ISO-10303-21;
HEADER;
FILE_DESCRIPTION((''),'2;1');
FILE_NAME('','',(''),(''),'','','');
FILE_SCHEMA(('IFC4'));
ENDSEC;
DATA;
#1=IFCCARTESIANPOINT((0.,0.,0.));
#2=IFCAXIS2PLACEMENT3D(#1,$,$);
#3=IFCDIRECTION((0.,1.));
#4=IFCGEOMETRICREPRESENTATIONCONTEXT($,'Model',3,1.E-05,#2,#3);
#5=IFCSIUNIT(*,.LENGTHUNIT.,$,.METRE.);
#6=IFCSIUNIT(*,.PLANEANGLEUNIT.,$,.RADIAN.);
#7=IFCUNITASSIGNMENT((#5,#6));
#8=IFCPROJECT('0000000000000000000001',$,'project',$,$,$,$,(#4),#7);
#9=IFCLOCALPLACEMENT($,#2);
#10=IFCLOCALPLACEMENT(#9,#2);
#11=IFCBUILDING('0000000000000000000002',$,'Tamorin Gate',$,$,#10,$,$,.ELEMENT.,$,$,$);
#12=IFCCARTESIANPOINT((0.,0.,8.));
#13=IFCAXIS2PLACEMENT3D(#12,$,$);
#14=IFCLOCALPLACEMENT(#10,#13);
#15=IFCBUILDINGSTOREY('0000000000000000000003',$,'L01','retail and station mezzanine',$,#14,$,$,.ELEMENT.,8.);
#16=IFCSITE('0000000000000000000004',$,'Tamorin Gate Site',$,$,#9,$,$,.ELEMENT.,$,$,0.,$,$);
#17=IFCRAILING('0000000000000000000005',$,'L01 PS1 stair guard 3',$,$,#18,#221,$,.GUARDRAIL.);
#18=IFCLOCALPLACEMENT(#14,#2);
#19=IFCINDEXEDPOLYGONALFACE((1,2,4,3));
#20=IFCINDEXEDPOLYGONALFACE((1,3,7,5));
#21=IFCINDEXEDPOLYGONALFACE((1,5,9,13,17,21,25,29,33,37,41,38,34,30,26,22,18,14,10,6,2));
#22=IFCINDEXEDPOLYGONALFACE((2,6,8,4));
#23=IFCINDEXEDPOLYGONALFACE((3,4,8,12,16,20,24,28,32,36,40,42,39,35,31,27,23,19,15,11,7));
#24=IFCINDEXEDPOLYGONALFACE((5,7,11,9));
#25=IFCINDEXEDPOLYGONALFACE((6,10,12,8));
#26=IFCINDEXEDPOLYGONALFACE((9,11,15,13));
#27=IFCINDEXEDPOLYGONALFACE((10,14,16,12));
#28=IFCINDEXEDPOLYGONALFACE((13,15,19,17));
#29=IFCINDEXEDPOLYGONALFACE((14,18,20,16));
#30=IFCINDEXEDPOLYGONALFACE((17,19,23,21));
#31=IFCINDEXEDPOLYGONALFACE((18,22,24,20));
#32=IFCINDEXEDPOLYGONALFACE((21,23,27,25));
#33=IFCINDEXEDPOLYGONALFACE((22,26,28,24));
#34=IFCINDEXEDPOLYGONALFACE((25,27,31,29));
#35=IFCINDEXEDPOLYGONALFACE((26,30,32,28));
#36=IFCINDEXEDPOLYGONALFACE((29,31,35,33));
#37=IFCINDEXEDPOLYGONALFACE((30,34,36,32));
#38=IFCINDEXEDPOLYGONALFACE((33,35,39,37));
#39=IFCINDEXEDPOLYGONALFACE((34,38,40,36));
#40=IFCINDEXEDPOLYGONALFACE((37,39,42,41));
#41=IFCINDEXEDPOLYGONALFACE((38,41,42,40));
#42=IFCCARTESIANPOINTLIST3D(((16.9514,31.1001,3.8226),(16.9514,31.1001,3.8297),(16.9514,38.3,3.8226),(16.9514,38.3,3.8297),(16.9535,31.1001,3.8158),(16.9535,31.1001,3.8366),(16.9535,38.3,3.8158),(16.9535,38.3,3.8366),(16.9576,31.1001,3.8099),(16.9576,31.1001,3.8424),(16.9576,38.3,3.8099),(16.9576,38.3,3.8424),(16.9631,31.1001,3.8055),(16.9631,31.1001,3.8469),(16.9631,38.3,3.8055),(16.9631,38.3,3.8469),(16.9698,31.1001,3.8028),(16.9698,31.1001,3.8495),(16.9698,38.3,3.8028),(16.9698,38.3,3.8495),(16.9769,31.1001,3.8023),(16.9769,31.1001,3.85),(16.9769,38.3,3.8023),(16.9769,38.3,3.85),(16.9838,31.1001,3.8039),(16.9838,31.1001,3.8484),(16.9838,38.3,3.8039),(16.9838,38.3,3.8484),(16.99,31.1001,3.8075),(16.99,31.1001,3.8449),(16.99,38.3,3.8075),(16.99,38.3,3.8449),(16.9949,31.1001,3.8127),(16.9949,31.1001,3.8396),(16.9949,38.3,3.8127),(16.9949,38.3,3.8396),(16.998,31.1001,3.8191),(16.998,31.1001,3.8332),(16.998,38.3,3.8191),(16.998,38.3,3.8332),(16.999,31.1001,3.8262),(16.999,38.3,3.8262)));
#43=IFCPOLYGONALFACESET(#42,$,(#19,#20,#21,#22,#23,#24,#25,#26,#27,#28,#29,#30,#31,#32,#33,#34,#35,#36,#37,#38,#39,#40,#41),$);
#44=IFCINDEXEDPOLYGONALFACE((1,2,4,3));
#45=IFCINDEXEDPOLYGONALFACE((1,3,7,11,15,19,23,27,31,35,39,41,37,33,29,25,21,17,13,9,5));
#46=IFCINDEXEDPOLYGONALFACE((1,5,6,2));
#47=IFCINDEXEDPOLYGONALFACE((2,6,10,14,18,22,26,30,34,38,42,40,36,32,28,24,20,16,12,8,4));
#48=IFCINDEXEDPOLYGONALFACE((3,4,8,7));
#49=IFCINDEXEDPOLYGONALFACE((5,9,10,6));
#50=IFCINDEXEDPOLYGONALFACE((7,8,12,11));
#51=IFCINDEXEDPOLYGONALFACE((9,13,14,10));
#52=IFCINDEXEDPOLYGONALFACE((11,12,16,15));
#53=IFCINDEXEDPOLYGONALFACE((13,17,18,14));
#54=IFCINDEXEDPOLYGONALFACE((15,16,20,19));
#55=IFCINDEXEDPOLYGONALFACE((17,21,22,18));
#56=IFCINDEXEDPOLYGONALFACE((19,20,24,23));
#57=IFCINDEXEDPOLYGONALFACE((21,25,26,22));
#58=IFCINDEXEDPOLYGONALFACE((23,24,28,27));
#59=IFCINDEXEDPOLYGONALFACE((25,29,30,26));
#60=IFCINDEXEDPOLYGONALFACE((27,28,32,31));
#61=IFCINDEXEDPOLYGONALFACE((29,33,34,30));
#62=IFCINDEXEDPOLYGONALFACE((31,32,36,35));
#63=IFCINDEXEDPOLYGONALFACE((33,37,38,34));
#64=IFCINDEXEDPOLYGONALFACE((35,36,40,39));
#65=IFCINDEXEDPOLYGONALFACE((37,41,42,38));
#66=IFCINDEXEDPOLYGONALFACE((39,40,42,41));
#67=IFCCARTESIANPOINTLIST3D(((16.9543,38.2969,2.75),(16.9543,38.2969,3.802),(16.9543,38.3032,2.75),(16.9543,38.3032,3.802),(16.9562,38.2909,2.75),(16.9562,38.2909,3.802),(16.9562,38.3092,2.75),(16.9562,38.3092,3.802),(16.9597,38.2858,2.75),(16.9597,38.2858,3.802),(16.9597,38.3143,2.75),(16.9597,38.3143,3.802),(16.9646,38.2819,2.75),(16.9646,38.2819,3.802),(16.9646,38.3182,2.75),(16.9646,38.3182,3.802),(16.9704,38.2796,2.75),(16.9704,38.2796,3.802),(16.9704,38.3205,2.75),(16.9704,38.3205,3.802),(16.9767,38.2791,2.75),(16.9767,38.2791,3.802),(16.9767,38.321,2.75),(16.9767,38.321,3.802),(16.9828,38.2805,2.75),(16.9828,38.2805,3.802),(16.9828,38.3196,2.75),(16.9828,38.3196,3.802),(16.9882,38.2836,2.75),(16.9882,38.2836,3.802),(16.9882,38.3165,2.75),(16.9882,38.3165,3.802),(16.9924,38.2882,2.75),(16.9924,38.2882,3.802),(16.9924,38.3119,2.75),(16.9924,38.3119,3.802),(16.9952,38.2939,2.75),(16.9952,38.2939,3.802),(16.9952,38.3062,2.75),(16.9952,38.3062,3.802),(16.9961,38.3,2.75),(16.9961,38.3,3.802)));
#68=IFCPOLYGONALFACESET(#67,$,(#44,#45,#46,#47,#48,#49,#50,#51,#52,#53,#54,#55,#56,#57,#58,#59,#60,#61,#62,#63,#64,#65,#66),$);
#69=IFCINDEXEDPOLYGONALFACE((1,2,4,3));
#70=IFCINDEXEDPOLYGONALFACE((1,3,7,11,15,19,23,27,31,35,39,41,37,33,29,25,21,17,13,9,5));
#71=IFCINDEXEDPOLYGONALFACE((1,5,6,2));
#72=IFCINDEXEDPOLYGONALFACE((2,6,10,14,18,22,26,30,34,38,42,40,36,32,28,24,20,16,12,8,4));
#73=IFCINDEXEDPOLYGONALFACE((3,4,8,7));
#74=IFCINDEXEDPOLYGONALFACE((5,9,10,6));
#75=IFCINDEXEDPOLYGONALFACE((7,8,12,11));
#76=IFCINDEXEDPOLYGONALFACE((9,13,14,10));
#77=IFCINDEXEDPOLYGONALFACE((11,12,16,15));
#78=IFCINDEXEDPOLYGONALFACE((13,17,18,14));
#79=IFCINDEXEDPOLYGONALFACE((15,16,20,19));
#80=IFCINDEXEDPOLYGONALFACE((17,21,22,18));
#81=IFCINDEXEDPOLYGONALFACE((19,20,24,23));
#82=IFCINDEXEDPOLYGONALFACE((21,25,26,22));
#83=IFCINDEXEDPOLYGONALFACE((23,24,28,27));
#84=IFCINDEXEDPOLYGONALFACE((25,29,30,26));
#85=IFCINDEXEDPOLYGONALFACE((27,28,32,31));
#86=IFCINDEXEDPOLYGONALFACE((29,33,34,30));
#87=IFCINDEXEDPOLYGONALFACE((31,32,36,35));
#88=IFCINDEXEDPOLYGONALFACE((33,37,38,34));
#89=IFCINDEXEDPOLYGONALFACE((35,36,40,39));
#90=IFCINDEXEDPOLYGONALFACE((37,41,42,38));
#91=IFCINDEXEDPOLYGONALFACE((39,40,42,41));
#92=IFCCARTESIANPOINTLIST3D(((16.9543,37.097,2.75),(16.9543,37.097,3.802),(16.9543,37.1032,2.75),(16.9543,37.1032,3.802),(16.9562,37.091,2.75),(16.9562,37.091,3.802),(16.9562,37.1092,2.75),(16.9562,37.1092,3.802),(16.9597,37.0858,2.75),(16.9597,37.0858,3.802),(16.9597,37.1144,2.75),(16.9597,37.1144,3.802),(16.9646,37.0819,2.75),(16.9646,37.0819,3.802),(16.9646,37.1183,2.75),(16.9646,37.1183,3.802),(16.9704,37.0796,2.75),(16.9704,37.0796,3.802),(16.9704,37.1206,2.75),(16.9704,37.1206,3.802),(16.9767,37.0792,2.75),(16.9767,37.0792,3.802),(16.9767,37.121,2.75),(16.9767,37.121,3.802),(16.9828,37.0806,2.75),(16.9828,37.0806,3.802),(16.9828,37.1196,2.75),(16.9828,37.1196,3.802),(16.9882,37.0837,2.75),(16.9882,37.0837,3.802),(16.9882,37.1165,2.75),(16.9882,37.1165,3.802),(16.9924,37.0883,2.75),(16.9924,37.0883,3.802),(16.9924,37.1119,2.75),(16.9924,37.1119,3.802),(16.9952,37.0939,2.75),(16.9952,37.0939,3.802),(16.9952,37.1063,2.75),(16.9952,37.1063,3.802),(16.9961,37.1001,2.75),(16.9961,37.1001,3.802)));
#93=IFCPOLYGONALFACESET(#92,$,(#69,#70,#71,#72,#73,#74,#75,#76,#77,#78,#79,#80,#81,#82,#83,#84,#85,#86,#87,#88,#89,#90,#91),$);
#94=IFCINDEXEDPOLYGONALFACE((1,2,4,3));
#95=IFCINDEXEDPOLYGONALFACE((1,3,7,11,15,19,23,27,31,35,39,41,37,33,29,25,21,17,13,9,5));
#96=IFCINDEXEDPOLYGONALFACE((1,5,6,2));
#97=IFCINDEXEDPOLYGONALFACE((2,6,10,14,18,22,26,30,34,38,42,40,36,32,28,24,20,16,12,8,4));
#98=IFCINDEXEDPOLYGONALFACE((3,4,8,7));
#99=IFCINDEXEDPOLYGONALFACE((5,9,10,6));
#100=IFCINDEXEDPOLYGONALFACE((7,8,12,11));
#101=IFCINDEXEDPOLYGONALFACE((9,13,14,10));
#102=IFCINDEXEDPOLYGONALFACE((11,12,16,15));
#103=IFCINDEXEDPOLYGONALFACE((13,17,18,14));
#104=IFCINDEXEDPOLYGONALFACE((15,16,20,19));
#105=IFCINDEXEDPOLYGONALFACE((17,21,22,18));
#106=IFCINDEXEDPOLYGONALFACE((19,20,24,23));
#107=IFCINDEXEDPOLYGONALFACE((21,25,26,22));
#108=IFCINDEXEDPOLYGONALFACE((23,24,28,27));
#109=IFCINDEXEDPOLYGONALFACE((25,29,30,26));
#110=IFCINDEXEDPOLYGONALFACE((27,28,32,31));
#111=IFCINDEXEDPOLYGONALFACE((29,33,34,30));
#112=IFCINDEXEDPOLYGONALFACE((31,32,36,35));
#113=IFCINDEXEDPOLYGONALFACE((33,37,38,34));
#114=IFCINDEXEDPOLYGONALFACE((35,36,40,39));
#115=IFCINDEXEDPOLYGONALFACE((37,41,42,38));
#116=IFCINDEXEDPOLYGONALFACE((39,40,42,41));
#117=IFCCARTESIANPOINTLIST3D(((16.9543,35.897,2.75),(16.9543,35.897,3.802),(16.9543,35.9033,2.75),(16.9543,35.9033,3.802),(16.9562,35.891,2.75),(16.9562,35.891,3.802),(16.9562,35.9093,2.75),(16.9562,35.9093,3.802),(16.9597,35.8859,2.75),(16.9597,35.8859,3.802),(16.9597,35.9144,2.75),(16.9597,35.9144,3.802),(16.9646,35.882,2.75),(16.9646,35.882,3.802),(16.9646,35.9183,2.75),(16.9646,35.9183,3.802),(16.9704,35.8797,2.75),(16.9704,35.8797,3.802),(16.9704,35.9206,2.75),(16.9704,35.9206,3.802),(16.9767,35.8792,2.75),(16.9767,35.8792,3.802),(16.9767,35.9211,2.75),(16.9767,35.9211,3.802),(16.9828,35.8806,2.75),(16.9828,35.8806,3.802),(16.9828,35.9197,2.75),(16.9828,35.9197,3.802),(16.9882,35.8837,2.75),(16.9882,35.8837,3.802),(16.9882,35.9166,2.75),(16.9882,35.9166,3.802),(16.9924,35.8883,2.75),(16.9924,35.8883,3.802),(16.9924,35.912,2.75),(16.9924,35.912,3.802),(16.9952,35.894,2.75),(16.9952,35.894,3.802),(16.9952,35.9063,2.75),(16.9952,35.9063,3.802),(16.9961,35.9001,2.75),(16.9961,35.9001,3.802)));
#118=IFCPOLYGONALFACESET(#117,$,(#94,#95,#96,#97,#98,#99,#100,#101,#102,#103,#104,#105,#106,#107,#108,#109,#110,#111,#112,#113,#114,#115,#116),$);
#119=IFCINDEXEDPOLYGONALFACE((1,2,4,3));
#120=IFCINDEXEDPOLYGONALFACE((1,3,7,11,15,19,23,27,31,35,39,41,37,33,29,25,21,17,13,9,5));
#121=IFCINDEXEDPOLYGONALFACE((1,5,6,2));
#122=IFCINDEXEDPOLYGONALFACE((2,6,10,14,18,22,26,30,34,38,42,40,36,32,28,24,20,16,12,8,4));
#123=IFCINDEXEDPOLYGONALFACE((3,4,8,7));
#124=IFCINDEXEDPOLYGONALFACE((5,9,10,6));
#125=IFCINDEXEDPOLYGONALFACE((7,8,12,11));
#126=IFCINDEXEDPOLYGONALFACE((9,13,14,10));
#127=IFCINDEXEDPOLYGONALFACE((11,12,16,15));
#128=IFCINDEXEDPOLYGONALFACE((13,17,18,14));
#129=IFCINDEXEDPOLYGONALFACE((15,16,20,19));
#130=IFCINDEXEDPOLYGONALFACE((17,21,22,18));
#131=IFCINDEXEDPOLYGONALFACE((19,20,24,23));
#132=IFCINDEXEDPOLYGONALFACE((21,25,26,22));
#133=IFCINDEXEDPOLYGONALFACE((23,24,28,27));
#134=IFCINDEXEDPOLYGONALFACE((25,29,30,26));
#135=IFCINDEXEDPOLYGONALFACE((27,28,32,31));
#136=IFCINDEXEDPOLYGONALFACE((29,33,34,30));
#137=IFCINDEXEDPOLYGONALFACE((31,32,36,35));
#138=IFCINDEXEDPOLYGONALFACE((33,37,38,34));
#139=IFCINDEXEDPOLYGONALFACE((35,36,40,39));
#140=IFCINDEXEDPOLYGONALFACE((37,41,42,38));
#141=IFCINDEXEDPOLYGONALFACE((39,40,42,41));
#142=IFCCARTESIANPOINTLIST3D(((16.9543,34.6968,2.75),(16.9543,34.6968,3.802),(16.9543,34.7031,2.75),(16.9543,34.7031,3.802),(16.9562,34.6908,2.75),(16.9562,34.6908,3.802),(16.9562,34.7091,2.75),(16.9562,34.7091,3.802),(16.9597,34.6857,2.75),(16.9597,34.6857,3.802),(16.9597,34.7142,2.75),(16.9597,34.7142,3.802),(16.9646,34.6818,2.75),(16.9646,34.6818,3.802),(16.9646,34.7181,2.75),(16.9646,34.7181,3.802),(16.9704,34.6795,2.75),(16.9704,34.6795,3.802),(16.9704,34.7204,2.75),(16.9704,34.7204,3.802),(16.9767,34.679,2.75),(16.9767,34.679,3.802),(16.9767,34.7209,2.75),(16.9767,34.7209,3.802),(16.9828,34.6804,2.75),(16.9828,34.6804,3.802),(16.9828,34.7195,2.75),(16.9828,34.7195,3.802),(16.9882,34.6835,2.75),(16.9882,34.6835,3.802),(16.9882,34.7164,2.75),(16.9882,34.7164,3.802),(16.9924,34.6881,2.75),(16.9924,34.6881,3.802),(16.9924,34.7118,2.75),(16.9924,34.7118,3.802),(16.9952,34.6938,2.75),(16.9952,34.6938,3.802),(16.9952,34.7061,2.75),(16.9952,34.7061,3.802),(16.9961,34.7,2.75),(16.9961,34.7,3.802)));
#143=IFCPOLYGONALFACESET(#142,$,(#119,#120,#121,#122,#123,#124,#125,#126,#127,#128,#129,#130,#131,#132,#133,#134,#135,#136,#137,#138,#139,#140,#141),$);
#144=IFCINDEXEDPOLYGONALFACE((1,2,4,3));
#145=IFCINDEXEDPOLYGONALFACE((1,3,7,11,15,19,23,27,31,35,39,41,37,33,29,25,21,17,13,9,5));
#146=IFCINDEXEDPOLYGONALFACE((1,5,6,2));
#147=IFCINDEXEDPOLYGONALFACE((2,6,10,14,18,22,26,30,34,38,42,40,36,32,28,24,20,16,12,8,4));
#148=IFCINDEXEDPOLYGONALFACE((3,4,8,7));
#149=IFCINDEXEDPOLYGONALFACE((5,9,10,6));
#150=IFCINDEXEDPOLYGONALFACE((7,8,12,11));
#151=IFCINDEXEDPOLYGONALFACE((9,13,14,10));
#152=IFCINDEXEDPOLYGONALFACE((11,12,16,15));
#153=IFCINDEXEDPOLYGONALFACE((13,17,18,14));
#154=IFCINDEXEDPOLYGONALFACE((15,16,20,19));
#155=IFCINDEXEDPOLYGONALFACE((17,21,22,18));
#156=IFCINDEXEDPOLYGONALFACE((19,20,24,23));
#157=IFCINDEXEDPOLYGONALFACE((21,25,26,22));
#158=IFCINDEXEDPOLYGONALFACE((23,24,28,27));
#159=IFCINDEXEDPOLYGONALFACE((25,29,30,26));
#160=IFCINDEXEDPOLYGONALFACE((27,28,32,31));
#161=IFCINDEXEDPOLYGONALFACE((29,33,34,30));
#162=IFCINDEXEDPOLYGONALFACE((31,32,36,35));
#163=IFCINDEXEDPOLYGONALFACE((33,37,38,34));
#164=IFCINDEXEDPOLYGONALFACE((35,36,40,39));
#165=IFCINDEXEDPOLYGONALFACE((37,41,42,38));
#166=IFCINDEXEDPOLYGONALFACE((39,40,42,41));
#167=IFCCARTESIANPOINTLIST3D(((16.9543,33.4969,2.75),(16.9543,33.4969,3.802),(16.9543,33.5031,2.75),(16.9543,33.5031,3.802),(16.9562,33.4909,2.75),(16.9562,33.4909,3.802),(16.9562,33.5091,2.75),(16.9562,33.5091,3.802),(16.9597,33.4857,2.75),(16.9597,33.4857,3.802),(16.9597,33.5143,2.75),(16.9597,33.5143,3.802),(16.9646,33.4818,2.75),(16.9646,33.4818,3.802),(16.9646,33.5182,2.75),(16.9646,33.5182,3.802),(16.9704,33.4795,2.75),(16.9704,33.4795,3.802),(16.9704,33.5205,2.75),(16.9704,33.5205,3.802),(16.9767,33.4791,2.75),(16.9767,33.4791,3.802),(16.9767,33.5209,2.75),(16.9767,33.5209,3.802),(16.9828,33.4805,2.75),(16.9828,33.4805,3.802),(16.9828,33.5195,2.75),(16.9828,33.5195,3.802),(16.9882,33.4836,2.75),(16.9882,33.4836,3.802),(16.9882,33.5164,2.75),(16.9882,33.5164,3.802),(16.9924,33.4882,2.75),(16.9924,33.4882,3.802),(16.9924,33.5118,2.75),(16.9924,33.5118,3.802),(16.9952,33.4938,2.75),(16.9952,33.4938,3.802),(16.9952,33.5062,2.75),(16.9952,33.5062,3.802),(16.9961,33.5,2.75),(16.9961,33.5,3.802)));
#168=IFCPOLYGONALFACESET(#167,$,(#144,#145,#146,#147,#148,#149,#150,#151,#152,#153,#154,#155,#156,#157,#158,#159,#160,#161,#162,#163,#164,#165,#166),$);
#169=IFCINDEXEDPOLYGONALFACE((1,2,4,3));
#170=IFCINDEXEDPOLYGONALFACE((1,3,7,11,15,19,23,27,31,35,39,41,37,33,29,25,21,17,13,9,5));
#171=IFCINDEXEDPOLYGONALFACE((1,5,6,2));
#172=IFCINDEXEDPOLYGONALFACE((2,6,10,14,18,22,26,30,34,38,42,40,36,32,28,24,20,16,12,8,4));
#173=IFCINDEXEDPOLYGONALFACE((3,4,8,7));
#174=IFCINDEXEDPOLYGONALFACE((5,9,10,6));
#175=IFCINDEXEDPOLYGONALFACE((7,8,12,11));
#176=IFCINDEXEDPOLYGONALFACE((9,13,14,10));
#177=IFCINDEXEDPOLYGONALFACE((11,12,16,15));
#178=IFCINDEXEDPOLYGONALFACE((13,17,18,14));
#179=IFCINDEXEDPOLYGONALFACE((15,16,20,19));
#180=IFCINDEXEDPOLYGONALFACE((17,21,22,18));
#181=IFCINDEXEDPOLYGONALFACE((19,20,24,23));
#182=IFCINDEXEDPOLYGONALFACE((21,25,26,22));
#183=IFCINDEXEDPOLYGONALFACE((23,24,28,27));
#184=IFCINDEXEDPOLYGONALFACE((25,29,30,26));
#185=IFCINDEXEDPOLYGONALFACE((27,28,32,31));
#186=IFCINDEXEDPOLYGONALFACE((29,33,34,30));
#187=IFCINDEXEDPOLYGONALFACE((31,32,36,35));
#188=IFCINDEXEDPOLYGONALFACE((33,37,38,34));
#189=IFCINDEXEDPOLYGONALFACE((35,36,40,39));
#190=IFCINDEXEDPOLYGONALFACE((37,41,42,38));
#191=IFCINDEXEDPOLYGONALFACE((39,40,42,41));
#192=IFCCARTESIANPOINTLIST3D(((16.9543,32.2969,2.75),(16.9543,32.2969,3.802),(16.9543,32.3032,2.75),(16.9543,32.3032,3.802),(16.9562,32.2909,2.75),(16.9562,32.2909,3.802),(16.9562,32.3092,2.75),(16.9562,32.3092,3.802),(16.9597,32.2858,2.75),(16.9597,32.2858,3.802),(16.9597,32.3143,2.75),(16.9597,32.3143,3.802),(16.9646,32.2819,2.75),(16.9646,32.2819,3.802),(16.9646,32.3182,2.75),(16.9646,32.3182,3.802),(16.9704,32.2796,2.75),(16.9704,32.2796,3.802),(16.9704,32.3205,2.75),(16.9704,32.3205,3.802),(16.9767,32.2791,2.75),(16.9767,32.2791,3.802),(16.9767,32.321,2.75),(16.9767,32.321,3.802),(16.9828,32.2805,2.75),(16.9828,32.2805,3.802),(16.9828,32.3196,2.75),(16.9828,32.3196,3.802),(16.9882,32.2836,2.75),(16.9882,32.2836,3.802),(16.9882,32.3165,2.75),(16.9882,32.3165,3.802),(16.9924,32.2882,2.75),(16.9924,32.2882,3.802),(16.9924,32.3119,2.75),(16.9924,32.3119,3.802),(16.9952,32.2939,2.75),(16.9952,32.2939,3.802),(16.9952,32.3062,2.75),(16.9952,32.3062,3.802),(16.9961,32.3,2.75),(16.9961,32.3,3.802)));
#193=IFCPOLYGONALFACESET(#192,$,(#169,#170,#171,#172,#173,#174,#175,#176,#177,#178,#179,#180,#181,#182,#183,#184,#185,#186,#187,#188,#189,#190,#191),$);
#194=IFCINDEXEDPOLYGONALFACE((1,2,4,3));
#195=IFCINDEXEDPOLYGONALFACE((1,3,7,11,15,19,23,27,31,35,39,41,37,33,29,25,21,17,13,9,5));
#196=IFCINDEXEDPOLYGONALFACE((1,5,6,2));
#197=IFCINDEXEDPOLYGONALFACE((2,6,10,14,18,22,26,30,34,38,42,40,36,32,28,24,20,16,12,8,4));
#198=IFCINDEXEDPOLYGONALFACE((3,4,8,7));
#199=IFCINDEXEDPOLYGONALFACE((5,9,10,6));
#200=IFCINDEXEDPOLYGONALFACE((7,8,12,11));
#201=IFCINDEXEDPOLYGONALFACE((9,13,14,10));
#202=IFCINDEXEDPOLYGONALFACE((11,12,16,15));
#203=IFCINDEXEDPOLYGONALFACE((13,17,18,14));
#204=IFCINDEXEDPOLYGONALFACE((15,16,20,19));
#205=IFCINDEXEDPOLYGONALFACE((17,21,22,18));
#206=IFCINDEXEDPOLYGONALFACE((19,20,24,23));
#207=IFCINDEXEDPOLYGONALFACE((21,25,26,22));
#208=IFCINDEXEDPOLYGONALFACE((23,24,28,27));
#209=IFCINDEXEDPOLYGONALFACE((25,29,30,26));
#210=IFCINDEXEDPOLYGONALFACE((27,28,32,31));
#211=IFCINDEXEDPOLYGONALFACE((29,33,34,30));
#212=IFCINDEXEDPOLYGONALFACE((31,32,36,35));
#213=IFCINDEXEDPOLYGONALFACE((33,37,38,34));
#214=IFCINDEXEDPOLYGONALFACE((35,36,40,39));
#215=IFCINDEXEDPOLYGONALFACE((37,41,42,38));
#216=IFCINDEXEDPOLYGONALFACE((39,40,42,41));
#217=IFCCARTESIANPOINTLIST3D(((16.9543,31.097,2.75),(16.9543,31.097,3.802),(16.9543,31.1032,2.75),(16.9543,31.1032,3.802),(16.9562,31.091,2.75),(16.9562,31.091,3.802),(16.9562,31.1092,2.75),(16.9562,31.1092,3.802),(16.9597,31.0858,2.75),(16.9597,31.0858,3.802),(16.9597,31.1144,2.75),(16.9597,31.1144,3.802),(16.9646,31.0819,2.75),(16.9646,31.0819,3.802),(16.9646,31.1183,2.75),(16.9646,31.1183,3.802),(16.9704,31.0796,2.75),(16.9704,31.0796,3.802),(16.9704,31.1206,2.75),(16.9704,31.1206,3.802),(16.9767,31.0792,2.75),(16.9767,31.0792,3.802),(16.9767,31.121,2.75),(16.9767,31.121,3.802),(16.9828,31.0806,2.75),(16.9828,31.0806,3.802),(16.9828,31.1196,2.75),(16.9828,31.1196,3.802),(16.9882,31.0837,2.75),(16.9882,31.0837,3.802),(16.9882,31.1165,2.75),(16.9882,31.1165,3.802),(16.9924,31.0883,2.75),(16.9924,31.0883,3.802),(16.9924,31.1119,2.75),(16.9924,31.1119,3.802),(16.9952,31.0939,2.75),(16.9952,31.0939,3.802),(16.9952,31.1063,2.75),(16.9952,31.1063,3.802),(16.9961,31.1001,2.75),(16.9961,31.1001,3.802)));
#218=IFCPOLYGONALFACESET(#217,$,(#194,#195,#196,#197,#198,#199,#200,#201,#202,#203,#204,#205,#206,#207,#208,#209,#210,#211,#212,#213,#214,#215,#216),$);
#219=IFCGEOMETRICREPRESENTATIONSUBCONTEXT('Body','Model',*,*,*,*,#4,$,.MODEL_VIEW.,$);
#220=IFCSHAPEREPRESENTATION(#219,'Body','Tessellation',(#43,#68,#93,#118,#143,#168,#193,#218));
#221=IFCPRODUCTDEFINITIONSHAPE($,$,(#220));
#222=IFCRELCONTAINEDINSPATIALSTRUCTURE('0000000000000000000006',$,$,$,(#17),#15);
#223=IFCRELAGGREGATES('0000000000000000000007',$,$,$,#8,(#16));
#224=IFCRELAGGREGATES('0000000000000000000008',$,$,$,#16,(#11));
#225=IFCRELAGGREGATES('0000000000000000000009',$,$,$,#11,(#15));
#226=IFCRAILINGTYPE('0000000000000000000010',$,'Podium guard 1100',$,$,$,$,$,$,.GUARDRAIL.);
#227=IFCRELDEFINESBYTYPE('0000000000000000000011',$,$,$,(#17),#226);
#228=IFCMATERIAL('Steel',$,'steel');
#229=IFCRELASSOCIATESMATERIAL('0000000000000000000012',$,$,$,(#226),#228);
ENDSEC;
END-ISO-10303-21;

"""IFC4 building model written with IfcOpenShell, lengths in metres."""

from ifc_helpers import new_model, si_unit, direction, frame, origin, origin_2d, place, context, subcontext, project, spatial, circle, extrude, material, type_object, element, save


model = new_model("IFC4")

# Units and contexts
model_context = context("Model", 3, precision=1e-05, world=origin(), true_north=direction((0.0, 1.0)))
body_context = subcontext(model_context, "Body", "Model", "MODEL_VIEW")
ifc_project = project(units=[si_unit("LENGTHUNIT", "METRE"), si_unit("PLANEANGLEUNIT", "RADIAN")], contexts=[model_context])

# Site, building, storey
site_placement = place(None, origin())
site = spatial("IfcSite", under=ifc_project, at=site_placement, Name="Tamorin Gate Site", CompositionType="ELEMENT", RefElevation=0.0)
building_placement = place(site_placement, origin())
building = spatial("IfcBuilding", under=site, at=building_placement, Name="Tamorin Gate", CompositionType="ELEMENT")
storey_placement = place(building_placement, frame((0.0, 0.0, 8.0)))
storey = spatial("IfcBuildingStorey", under=building, at=storey_placement, Name="L01", Description="retail and station mezzanine", CompositionType="ELEMENT", Elevation=8.0)

# Railing
ifc_material_1 = material(Name="Steel", Category="steel")
railing_type = type_object("IfcRailingType", Name="Podium guard 1100", PredefinedType="GUARDRAIL", material=ifc_material_1)
railing_1_placement = place(storey_placement, frame((16.9751, 38.3, 2.75)))
element("IfcRailing", 1, at=railing_1_placement, inside=storey, type_object=railing_type, Name="L01 PS1 stair guard 3", PredefinedType="GUARDRAIL", context=body_context, shape_type="SweptSolid", body=[
    extrude(circle(Radius=0.0239, at=origin_2d()), frame((0.0, 0.0, 1.0762), z_axis=(0.0, -1.0, 0.0), x_axis=(1.0, 0.0, 0.0)), (0.0, 0.0, 1.0), 7.2),
    extrude(circle(Radius=0.021, at=origin_2d()), origin(), (0.0, 0.0, 1.0), 1.052),
    extrude(circle(Radius=0.021, at=origin_2d()), frame((0.0, -1.2, 0.0)), (0.0, 0.0, 1.0), 1.052),
    extrude(circle(Radius=0.021, at=origin_2d()), frame((0.0, -2.3999, 0.0)), (0.0, 0.0, 1.0), 1.052),
    extrude(circle(Radius=0.021, at=origin_2d()), frame((0.0, -3.6001, 0.0)), (0.0, 0.0, 1.0), 1.052),
    extrude(circle(Radius=0.021, at=origin_2d()), frame((0.0, -4.8, 0.0)), (0.0, 0.0, 1.0), 1.052),
    extrude(circle(Radius=0.021, at=origin_2d()), frame((0.0, -6.0, 0.0)), (0.0, 0.0, 1.0), 1.052),
    extrude(circle(Radius=0.021, at=origin_2d()), frame((0.0, -7.2, 0.0)), (0.0, 0.0, 1.0), 1.052),
])

save(model, "model.ifc")
